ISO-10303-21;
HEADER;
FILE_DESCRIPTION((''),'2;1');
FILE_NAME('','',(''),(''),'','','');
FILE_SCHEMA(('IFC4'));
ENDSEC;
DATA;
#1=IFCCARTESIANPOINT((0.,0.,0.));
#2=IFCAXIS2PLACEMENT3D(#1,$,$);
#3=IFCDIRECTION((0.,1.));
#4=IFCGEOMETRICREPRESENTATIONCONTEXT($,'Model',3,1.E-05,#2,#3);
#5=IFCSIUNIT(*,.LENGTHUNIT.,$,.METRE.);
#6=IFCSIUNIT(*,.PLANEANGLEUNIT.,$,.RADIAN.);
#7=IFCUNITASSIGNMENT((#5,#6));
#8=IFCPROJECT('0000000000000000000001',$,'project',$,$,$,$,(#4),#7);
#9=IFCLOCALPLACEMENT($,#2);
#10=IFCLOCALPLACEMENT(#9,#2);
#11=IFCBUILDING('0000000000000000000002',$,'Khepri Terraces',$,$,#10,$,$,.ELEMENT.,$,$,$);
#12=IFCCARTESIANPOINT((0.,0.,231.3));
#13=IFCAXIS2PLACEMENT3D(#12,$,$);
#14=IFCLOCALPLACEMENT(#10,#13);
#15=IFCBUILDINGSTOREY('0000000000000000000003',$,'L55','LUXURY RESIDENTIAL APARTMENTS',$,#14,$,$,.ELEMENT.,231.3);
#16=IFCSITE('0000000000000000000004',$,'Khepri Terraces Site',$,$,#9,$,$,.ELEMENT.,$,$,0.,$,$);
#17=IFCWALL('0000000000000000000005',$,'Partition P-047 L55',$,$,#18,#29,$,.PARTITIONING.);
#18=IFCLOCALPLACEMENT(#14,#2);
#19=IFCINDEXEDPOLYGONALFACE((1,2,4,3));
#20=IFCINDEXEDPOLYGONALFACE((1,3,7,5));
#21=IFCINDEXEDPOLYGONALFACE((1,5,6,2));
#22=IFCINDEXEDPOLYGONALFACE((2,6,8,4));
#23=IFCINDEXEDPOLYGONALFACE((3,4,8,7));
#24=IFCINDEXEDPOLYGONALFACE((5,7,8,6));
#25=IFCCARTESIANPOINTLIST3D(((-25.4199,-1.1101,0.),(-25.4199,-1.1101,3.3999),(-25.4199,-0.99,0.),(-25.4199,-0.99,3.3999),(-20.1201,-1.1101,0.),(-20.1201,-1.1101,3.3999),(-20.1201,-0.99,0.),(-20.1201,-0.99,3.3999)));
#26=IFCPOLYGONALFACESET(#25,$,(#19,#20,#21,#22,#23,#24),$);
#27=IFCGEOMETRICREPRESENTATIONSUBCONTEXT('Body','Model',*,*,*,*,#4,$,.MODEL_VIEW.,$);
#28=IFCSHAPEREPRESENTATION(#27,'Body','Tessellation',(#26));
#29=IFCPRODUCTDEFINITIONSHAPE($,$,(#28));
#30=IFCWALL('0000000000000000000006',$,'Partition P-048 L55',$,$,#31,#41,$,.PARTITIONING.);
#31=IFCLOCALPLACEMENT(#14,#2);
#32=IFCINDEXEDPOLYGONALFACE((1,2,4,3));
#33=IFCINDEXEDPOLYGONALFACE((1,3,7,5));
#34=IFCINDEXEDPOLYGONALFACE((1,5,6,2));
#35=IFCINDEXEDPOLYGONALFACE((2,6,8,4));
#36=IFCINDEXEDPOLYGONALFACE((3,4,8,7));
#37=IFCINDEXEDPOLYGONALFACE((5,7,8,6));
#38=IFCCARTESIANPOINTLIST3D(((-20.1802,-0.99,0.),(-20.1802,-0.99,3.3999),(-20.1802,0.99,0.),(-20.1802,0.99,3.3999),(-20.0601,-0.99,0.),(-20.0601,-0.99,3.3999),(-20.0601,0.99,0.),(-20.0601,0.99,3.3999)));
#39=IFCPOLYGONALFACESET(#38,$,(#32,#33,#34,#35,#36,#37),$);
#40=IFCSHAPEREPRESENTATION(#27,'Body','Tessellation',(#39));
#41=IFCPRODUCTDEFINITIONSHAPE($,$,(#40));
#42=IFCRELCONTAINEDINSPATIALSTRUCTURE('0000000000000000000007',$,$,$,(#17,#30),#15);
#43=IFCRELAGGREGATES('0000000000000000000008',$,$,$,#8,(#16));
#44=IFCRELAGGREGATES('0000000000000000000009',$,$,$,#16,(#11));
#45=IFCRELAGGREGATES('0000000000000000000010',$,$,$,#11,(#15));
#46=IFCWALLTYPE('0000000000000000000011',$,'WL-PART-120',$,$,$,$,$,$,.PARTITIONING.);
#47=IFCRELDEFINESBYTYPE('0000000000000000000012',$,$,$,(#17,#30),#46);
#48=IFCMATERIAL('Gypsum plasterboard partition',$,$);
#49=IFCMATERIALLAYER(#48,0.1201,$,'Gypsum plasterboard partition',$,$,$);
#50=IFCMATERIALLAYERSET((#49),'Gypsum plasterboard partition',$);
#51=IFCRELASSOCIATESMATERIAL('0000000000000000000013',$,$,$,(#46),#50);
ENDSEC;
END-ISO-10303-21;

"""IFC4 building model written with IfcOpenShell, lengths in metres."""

from ifc_helpers import new_model, si_unit, direction, frame, frame_2d, origin, place, context, subcontext, project, spatial, rectangle, extrude, material, layer, layer_set, type_object, element, save


model = new_model("IFC4")

# Units and contexts
model_context = context("Model", 3, precision=1e-05, world=origin(), true_north=direction((0.0, 1.0)))
body_context = subcontext(model_context, "Body", "Model", "MODEL_VIEW")
ifc_project = project(units=[si_unit("LENGTHUNIT", "METRE"), si_unit("PLANEANGLEUNIT", "RADIAN")], contexts=[model_context])

# Site, building, storey
site_placement = place(None, origin())
site = spatial("IfcSite", under=ifc_project, at=site_placement, Name="Khepri Terraces Site", CompositionType="ELEMENT", RefElevation=0.0)
building_placement = place(site_placement, origin())
building = spatial("IfcBuilding", under=site, at=building_placement, Name="Khepri Terraces", CompositionType="ELEMENT")
storey_placement = place(building_placement, frame((0.0, 0.0, 231.3)))
storey = spatial("IfcBuildingStorey", under=building, at=storey_placement, Name="L55", Description="LUXURY RESIDENTIAL APARTMENTS", CompositionType="ELEMENT", Elevation=231.3)

# Shared definitions
ifc_material_1 = material(Name="Gypsum plasterboard partition")
ifc_layer_1 = layer(ifc_material_1, 0.1201, Name="Gypsum plasterboard partition")
ifc_layer_set_1 = layer_set([ifc_layer_1], Name="Gypsum plasterboard partition")
wall_type_1 = type_object("IfcWallType", Name="WL-PART-120", PredefinedType="PARTITIONING", material=ifc_layer_set_1)

# Walls
wall_1_placement = place(storey_placement, frame((-25.4199, -1.05, 0.0), z_axis=(0.0, 0.0, 1.0), x_axis=(1.0, 0.0, 0.0)))
element("IfcWall", 1, at=wall_1_placement, inside=storey, type_object=wall_type_1, Name="Partition P-047 L55", PredefinedType="PARTITIONING", context=body_context, shape_type="SweptSolid", body=[
    extrude(rectangle(XDim=5.2998, YDim=0.1201, at=frame_2d((2.6499, 0.0))), origin(), (0.0, 0.0, 1.0), 3.3999),
])
wall_2_placement = place(storey_placement, frame((-20.1201, -0.99, 0.0), z_axis=(0.0, 0.0, 1.0), x_axis=(0.0, 1.0, 0.0)))
element("IfcWall", 2, at=wall_2_placement, inside=storey, type_object=wall_type_1, Name="Partition P-048 L55", PredefinedType="PARTITIONING", context=body_context, shape_type="SweptSolid", body=[
    extrude(rectangle(XDim=1.98, YDim=0.1201, at=frame_2d((0.99, 0.0))), origin(), (0.0, 0.0, 1.0), 3.3999),
])

save(model, "model.ifc")
